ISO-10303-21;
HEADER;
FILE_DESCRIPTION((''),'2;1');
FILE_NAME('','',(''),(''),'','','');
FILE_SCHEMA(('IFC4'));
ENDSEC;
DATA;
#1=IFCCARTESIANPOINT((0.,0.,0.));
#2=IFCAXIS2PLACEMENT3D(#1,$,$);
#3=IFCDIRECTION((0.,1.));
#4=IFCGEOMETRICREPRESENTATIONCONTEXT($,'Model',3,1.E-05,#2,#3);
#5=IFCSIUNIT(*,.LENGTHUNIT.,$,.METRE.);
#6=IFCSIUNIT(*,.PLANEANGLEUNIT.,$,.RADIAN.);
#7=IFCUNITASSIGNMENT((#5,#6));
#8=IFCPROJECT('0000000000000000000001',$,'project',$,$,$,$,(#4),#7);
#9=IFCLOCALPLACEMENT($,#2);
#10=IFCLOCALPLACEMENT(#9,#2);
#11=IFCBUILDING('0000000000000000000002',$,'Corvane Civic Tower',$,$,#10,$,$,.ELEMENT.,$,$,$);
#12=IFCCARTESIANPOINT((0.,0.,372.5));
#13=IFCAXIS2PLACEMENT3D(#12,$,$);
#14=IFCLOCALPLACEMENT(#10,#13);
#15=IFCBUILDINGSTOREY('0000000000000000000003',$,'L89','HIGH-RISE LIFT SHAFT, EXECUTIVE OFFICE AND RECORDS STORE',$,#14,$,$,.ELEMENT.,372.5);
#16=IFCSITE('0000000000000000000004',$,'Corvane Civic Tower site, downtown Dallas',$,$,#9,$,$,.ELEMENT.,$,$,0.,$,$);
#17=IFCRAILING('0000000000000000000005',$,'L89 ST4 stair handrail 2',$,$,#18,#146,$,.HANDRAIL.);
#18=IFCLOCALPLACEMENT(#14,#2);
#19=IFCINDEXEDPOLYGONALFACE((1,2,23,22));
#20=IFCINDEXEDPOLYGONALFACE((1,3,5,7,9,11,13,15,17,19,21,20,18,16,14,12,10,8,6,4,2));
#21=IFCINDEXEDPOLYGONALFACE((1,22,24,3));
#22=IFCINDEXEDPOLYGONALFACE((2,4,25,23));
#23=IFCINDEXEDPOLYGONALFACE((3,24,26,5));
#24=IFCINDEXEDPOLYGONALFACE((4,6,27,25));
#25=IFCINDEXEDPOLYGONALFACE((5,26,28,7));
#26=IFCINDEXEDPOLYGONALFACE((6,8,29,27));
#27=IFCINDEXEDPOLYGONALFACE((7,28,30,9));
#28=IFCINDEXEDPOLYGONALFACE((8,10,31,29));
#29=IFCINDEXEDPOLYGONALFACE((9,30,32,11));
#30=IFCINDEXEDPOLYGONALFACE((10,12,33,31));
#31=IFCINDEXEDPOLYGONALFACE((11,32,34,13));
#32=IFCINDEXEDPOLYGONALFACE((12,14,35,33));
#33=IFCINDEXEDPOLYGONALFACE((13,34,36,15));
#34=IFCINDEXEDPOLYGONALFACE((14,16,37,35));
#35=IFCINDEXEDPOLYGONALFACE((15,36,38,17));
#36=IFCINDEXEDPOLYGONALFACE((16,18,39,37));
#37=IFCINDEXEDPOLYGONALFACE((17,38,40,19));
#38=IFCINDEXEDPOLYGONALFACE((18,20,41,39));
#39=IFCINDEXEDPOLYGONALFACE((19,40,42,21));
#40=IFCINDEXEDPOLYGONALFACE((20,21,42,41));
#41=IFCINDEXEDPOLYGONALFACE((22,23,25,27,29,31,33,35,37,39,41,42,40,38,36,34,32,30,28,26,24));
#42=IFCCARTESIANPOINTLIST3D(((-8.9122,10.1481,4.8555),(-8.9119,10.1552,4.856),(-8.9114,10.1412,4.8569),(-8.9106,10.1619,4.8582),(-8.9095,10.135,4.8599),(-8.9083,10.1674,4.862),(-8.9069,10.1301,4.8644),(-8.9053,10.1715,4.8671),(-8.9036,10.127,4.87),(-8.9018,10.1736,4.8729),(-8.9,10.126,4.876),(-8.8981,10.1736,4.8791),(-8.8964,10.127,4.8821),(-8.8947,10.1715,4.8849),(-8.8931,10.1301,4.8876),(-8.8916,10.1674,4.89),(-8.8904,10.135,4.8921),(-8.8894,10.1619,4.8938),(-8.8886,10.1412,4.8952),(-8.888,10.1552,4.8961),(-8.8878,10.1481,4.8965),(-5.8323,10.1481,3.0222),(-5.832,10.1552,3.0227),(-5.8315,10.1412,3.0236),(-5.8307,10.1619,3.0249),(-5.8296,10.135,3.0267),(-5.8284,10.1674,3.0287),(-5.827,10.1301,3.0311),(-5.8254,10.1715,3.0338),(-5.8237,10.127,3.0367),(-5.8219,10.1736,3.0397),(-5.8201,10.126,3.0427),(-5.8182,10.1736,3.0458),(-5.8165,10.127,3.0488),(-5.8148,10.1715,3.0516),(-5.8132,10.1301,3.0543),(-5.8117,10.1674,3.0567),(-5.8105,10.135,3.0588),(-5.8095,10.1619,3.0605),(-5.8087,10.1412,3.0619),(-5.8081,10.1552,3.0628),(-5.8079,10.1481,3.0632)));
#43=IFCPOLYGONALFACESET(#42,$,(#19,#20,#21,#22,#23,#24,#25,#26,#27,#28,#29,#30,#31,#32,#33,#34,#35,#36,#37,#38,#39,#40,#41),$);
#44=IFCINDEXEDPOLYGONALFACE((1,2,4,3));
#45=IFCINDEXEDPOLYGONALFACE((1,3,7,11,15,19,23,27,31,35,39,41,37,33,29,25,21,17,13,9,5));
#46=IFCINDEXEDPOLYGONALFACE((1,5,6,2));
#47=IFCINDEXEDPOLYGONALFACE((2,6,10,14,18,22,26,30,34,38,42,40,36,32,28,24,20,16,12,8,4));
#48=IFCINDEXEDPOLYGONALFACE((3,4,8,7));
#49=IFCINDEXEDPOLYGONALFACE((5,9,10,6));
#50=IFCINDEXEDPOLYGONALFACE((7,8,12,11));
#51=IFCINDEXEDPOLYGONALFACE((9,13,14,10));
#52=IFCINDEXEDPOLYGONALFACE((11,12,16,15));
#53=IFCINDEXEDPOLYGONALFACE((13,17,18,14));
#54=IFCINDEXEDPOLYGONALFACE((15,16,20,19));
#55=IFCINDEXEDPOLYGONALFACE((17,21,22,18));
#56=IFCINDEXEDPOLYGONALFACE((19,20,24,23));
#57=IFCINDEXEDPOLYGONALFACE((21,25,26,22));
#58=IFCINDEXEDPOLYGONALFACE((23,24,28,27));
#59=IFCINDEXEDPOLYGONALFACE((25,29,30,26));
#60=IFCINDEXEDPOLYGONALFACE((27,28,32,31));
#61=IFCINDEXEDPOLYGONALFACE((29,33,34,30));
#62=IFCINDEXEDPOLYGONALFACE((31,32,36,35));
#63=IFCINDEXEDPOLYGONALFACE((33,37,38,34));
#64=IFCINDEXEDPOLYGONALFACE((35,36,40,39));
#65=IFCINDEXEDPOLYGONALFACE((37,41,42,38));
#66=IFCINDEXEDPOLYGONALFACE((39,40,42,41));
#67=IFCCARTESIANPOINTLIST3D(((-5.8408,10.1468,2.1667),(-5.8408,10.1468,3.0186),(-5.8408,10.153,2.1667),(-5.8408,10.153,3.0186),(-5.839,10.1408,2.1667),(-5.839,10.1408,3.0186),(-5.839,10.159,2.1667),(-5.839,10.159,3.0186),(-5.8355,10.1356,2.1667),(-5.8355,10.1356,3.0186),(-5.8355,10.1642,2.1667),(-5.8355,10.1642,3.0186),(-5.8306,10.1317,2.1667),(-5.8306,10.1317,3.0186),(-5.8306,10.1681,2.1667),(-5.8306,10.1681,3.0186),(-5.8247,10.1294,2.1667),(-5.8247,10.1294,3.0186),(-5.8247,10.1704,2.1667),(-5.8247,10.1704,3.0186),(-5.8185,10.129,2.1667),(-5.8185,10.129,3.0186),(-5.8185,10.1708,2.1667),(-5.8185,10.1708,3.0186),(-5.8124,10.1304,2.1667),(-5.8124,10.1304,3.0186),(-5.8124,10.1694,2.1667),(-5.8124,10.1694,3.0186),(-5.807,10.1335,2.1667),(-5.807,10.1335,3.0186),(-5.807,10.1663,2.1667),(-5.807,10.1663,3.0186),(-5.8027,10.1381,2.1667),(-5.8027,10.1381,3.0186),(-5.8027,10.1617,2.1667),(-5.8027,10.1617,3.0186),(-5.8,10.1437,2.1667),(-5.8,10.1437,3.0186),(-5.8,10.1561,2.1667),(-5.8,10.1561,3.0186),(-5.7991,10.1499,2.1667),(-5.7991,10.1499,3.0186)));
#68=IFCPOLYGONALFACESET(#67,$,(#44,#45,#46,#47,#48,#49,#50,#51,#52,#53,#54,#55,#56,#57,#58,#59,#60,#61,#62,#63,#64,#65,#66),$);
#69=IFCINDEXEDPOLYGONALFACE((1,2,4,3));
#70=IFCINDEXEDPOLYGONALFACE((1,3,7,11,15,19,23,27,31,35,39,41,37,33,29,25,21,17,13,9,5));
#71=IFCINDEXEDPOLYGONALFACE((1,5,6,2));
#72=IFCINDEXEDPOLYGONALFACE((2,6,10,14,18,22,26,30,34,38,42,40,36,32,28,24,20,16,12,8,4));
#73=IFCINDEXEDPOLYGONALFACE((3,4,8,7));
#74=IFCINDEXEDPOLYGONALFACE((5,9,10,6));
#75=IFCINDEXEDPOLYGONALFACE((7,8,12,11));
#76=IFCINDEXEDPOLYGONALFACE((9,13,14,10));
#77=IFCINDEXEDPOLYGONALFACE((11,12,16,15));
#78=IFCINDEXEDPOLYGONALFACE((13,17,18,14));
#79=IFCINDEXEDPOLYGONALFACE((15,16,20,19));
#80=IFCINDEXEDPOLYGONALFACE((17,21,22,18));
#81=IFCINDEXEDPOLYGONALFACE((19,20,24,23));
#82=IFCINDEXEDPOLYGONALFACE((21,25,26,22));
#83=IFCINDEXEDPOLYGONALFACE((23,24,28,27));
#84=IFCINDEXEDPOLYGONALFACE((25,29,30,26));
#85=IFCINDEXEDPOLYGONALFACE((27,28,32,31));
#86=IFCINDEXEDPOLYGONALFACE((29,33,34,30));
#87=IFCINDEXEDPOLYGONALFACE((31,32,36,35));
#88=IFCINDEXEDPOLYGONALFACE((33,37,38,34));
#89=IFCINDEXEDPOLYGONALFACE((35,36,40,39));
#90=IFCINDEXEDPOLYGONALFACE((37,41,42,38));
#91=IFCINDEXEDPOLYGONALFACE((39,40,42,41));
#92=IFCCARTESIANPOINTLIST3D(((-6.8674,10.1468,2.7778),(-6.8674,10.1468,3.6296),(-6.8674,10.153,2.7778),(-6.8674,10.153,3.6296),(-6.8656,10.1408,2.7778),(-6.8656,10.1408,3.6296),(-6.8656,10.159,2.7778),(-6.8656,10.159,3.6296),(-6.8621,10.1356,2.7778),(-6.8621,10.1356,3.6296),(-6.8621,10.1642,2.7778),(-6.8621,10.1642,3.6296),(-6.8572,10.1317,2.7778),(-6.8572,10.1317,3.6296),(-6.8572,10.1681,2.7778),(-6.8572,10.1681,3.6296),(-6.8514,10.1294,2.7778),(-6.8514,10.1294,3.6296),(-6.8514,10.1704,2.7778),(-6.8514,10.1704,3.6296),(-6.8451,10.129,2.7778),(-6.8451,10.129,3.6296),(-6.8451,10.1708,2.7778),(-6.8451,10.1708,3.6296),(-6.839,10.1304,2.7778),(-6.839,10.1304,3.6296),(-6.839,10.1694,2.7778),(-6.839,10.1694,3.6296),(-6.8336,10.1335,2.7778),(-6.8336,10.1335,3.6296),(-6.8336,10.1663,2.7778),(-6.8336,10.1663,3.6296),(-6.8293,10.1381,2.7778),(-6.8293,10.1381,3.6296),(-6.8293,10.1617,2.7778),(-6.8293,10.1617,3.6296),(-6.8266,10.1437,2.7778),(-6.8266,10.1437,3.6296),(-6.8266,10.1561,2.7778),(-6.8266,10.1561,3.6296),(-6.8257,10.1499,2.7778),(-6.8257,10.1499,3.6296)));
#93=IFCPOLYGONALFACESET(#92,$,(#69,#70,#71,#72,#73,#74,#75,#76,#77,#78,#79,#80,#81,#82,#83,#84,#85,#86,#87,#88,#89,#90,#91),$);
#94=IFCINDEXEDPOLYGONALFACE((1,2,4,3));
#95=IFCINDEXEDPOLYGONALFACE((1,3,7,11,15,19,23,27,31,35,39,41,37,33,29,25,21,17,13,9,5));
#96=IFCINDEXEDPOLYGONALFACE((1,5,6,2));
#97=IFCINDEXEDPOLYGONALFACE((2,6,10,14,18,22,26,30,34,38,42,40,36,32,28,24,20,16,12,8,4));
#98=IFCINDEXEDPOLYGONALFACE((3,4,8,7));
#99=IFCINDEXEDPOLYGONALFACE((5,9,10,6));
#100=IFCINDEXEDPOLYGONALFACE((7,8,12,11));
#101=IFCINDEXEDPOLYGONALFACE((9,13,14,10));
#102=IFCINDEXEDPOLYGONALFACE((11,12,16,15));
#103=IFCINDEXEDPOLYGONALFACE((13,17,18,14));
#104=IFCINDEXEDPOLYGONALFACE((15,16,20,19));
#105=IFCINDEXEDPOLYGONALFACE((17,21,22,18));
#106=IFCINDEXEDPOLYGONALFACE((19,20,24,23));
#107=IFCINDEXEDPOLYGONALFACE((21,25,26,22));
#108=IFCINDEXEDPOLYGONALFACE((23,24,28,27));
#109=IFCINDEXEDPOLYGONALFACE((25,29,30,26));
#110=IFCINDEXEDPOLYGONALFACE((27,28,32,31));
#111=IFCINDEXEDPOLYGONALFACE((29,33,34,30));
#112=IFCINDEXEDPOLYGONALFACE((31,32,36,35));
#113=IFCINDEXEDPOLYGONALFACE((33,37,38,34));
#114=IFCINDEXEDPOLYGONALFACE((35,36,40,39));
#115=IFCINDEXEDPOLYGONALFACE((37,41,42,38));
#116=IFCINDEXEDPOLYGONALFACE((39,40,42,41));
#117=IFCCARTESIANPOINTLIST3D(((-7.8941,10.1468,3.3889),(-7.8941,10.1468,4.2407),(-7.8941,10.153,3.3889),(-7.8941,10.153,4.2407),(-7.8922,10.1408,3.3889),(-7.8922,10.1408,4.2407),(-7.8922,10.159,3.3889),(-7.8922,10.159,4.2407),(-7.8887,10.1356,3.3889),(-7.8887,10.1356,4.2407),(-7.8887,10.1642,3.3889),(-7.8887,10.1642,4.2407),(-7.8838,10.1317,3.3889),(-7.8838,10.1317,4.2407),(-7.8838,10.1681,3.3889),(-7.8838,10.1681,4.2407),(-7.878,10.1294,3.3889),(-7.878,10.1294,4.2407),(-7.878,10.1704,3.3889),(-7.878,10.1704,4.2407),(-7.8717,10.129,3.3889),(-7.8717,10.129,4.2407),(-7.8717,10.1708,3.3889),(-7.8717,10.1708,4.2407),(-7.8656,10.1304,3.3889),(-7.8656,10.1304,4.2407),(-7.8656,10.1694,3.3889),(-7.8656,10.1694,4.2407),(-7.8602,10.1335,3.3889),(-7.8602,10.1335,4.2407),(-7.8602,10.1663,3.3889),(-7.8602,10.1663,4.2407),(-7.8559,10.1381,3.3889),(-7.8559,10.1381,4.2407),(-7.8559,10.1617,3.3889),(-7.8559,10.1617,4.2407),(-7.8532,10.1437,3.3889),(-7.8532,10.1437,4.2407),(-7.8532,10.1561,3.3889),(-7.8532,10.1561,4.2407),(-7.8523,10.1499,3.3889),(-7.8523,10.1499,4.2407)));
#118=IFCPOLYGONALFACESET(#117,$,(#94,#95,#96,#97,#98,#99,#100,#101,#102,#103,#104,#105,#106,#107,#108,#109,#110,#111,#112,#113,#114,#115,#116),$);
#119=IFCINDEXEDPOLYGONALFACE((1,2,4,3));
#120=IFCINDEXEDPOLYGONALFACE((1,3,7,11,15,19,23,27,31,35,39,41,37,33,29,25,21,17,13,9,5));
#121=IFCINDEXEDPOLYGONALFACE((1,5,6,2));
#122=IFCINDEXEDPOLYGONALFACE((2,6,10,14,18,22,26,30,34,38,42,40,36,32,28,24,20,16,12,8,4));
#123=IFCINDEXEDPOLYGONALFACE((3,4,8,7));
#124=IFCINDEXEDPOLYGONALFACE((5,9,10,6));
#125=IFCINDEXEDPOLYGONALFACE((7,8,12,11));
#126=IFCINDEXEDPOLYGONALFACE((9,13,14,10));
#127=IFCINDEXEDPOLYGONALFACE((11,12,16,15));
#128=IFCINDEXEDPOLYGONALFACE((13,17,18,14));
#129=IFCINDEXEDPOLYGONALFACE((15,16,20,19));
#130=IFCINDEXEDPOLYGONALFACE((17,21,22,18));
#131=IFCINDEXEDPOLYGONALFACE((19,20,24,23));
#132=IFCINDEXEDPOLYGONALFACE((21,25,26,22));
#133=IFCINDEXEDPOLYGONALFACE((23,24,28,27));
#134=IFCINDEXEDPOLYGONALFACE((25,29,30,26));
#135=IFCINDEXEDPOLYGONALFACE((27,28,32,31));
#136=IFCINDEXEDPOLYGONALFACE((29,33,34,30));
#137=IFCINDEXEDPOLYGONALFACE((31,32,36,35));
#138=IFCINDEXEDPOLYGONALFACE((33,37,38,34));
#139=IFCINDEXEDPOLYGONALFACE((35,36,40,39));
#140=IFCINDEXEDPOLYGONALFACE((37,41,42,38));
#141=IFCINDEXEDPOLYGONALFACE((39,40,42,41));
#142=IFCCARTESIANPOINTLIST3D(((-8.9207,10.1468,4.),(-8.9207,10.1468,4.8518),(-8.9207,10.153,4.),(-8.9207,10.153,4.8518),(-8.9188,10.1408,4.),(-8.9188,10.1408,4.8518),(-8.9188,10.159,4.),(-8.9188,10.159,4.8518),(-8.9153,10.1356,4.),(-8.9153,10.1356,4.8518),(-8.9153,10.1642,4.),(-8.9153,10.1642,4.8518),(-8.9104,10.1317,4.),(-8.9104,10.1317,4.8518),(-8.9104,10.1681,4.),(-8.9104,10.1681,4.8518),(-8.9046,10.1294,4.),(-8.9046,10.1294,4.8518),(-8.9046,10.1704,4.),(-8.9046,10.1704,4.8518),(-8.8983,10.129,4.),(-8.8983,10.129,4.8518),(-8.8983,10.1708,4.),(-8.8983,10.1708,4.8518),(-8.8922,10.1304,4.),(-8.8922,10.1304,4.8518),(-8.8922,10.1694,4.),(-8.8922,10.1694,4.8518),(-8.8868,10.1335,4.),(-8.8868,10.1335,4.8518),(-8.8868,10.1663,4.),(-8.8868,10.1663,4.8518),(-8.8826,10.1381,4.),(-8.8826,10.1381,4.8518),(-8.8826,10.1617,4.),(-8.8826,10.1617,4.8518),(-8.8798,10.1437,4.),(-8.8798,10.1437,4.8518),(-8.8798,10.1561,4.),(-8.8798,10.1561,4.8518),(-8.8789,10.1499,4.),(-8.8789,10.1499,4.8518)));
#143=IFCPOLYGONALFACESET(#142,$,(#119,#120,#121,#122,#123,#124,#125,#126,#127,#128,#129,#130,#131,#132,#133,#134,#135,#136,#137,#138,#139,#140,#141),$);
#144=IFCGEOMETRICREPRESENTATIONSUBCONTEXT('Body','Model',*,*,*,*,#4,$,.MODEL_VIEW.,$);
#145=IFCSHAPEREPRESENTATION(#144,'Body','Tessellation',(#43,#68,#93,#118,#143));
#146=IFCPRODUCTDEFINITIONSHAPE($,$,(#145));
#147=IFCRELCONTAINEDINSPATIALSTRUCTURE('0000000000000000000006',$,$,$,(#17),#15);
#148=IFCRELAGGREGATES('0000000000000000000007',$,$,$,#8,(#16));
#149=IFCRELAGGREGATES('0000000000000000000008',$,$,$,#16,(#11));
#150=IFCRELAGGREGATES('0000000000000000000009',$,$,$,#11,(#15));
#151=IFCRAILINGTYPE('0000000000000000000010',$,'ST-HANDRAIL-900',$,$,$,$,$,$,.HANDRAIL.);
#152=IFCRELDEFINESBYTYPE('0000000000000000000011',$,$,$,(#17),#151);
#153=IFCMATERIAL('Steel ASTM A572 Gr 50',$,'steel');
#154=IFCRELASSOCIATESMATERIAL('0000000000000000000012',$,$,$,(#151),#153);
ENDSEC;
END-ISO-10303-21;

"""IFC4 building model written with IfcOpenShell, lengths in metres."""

from ifc_helpers import new_model, si_unit, direction, frame, origin, origin_2d, place, context, subcontext, project, spatial, circle, extrude, material, type_object, element, save


model = new_model("IFC4")

# Units and contexts
model_context = context("Model", 3, precision=1e-05, world=origin(), true_north=direction((0.0, 1.0)))
body_context = subcontext(model_context, "Body", "Model", "MODEL_VIEW")
ifc_project = project(units=[si_unit("LENGTHUNIT", "METRE"), si_unit("PLANEANGLEUNIT", "RADIAN")], contexts=[model_context])

# Site, building, storey
site_placement = place(None, origin())
site = spatial("IfcSite", under=ifc_project, at=site_placement, Name="Corvane Civic Tower site, downtown Dallas", CompositionType="ELEMENT", RefElevation=0.0)
building_placement = place(site_placement, origin())
building = spatial("IfcBuilding", under=site, at=building_placement, Name="Corvane Civic Tower", CompositionType="ELEMENT")
storey_placement = place(building_placement, frame((0.0, 0.0, 372.5)))
storey = spatial("IfcBuildingStorey", under=building, at=storey_placement, Name="L89", Description="HIGH-RISE LIFT SHAFT, EXECUTIVE OFFICE AND RECORDS STORE", CompositionType="ELEMENT", Elevation=372.5)

# Railing
ifc_material_1 = material(Name="Steel ASTM A572 Gr 50", Category="steel")
railing_type_1 = type_object("IfcRailingType", Name="ST-HANDRAIL-900", PredefinedType="HANDRAIL", material=ifc_material_1)
railing_1_placement = place(storey_placement, frame((-5.8201, 10.1499, 2.1667)))
element("IfcRailing", 1, at=railing_1_placement, inside=storey, type_object=railing_type_1, Name="L89 ST4 stair handrail 2", PredefinedType="HANDRAIL", context=body_context, shape_type="SweptSolid", body=[
    extrude(circle(Radius=0.0239, at=origin_2d()), frame((0.0, 0.0, 0.876), z_axis=(-0.859291, 0.0, 0.511487), x_axis=(0.0, -1.0, 0.0)), (0.0, 0.0, 1.0), 3.5842),
    extrude(circle(Radius=0.021, at=origin_2d()), origin(), (0.0, 0.0, 1.0), 0.8518),
    extrude(circle(Radius=0.021, at=origin_2d()), frame((-1.0266, 0.0, 0.6111)), (0.0, 0.0, 1.0), 0.8518),
    extrude(circle(Radius=0.021, at=origin_2d()), frame((-2.0532, 0.0, 1.2222)), (0.0, 0.0, 1.0), 0.8518),
    extrude(circle(Radius=0.021, at=origin_2d()), frame((-3.0798, 0.0, 1.8333)), (0.0, 0.0, 1.0), 0.8518),
])

save(model, "model.ifc")
